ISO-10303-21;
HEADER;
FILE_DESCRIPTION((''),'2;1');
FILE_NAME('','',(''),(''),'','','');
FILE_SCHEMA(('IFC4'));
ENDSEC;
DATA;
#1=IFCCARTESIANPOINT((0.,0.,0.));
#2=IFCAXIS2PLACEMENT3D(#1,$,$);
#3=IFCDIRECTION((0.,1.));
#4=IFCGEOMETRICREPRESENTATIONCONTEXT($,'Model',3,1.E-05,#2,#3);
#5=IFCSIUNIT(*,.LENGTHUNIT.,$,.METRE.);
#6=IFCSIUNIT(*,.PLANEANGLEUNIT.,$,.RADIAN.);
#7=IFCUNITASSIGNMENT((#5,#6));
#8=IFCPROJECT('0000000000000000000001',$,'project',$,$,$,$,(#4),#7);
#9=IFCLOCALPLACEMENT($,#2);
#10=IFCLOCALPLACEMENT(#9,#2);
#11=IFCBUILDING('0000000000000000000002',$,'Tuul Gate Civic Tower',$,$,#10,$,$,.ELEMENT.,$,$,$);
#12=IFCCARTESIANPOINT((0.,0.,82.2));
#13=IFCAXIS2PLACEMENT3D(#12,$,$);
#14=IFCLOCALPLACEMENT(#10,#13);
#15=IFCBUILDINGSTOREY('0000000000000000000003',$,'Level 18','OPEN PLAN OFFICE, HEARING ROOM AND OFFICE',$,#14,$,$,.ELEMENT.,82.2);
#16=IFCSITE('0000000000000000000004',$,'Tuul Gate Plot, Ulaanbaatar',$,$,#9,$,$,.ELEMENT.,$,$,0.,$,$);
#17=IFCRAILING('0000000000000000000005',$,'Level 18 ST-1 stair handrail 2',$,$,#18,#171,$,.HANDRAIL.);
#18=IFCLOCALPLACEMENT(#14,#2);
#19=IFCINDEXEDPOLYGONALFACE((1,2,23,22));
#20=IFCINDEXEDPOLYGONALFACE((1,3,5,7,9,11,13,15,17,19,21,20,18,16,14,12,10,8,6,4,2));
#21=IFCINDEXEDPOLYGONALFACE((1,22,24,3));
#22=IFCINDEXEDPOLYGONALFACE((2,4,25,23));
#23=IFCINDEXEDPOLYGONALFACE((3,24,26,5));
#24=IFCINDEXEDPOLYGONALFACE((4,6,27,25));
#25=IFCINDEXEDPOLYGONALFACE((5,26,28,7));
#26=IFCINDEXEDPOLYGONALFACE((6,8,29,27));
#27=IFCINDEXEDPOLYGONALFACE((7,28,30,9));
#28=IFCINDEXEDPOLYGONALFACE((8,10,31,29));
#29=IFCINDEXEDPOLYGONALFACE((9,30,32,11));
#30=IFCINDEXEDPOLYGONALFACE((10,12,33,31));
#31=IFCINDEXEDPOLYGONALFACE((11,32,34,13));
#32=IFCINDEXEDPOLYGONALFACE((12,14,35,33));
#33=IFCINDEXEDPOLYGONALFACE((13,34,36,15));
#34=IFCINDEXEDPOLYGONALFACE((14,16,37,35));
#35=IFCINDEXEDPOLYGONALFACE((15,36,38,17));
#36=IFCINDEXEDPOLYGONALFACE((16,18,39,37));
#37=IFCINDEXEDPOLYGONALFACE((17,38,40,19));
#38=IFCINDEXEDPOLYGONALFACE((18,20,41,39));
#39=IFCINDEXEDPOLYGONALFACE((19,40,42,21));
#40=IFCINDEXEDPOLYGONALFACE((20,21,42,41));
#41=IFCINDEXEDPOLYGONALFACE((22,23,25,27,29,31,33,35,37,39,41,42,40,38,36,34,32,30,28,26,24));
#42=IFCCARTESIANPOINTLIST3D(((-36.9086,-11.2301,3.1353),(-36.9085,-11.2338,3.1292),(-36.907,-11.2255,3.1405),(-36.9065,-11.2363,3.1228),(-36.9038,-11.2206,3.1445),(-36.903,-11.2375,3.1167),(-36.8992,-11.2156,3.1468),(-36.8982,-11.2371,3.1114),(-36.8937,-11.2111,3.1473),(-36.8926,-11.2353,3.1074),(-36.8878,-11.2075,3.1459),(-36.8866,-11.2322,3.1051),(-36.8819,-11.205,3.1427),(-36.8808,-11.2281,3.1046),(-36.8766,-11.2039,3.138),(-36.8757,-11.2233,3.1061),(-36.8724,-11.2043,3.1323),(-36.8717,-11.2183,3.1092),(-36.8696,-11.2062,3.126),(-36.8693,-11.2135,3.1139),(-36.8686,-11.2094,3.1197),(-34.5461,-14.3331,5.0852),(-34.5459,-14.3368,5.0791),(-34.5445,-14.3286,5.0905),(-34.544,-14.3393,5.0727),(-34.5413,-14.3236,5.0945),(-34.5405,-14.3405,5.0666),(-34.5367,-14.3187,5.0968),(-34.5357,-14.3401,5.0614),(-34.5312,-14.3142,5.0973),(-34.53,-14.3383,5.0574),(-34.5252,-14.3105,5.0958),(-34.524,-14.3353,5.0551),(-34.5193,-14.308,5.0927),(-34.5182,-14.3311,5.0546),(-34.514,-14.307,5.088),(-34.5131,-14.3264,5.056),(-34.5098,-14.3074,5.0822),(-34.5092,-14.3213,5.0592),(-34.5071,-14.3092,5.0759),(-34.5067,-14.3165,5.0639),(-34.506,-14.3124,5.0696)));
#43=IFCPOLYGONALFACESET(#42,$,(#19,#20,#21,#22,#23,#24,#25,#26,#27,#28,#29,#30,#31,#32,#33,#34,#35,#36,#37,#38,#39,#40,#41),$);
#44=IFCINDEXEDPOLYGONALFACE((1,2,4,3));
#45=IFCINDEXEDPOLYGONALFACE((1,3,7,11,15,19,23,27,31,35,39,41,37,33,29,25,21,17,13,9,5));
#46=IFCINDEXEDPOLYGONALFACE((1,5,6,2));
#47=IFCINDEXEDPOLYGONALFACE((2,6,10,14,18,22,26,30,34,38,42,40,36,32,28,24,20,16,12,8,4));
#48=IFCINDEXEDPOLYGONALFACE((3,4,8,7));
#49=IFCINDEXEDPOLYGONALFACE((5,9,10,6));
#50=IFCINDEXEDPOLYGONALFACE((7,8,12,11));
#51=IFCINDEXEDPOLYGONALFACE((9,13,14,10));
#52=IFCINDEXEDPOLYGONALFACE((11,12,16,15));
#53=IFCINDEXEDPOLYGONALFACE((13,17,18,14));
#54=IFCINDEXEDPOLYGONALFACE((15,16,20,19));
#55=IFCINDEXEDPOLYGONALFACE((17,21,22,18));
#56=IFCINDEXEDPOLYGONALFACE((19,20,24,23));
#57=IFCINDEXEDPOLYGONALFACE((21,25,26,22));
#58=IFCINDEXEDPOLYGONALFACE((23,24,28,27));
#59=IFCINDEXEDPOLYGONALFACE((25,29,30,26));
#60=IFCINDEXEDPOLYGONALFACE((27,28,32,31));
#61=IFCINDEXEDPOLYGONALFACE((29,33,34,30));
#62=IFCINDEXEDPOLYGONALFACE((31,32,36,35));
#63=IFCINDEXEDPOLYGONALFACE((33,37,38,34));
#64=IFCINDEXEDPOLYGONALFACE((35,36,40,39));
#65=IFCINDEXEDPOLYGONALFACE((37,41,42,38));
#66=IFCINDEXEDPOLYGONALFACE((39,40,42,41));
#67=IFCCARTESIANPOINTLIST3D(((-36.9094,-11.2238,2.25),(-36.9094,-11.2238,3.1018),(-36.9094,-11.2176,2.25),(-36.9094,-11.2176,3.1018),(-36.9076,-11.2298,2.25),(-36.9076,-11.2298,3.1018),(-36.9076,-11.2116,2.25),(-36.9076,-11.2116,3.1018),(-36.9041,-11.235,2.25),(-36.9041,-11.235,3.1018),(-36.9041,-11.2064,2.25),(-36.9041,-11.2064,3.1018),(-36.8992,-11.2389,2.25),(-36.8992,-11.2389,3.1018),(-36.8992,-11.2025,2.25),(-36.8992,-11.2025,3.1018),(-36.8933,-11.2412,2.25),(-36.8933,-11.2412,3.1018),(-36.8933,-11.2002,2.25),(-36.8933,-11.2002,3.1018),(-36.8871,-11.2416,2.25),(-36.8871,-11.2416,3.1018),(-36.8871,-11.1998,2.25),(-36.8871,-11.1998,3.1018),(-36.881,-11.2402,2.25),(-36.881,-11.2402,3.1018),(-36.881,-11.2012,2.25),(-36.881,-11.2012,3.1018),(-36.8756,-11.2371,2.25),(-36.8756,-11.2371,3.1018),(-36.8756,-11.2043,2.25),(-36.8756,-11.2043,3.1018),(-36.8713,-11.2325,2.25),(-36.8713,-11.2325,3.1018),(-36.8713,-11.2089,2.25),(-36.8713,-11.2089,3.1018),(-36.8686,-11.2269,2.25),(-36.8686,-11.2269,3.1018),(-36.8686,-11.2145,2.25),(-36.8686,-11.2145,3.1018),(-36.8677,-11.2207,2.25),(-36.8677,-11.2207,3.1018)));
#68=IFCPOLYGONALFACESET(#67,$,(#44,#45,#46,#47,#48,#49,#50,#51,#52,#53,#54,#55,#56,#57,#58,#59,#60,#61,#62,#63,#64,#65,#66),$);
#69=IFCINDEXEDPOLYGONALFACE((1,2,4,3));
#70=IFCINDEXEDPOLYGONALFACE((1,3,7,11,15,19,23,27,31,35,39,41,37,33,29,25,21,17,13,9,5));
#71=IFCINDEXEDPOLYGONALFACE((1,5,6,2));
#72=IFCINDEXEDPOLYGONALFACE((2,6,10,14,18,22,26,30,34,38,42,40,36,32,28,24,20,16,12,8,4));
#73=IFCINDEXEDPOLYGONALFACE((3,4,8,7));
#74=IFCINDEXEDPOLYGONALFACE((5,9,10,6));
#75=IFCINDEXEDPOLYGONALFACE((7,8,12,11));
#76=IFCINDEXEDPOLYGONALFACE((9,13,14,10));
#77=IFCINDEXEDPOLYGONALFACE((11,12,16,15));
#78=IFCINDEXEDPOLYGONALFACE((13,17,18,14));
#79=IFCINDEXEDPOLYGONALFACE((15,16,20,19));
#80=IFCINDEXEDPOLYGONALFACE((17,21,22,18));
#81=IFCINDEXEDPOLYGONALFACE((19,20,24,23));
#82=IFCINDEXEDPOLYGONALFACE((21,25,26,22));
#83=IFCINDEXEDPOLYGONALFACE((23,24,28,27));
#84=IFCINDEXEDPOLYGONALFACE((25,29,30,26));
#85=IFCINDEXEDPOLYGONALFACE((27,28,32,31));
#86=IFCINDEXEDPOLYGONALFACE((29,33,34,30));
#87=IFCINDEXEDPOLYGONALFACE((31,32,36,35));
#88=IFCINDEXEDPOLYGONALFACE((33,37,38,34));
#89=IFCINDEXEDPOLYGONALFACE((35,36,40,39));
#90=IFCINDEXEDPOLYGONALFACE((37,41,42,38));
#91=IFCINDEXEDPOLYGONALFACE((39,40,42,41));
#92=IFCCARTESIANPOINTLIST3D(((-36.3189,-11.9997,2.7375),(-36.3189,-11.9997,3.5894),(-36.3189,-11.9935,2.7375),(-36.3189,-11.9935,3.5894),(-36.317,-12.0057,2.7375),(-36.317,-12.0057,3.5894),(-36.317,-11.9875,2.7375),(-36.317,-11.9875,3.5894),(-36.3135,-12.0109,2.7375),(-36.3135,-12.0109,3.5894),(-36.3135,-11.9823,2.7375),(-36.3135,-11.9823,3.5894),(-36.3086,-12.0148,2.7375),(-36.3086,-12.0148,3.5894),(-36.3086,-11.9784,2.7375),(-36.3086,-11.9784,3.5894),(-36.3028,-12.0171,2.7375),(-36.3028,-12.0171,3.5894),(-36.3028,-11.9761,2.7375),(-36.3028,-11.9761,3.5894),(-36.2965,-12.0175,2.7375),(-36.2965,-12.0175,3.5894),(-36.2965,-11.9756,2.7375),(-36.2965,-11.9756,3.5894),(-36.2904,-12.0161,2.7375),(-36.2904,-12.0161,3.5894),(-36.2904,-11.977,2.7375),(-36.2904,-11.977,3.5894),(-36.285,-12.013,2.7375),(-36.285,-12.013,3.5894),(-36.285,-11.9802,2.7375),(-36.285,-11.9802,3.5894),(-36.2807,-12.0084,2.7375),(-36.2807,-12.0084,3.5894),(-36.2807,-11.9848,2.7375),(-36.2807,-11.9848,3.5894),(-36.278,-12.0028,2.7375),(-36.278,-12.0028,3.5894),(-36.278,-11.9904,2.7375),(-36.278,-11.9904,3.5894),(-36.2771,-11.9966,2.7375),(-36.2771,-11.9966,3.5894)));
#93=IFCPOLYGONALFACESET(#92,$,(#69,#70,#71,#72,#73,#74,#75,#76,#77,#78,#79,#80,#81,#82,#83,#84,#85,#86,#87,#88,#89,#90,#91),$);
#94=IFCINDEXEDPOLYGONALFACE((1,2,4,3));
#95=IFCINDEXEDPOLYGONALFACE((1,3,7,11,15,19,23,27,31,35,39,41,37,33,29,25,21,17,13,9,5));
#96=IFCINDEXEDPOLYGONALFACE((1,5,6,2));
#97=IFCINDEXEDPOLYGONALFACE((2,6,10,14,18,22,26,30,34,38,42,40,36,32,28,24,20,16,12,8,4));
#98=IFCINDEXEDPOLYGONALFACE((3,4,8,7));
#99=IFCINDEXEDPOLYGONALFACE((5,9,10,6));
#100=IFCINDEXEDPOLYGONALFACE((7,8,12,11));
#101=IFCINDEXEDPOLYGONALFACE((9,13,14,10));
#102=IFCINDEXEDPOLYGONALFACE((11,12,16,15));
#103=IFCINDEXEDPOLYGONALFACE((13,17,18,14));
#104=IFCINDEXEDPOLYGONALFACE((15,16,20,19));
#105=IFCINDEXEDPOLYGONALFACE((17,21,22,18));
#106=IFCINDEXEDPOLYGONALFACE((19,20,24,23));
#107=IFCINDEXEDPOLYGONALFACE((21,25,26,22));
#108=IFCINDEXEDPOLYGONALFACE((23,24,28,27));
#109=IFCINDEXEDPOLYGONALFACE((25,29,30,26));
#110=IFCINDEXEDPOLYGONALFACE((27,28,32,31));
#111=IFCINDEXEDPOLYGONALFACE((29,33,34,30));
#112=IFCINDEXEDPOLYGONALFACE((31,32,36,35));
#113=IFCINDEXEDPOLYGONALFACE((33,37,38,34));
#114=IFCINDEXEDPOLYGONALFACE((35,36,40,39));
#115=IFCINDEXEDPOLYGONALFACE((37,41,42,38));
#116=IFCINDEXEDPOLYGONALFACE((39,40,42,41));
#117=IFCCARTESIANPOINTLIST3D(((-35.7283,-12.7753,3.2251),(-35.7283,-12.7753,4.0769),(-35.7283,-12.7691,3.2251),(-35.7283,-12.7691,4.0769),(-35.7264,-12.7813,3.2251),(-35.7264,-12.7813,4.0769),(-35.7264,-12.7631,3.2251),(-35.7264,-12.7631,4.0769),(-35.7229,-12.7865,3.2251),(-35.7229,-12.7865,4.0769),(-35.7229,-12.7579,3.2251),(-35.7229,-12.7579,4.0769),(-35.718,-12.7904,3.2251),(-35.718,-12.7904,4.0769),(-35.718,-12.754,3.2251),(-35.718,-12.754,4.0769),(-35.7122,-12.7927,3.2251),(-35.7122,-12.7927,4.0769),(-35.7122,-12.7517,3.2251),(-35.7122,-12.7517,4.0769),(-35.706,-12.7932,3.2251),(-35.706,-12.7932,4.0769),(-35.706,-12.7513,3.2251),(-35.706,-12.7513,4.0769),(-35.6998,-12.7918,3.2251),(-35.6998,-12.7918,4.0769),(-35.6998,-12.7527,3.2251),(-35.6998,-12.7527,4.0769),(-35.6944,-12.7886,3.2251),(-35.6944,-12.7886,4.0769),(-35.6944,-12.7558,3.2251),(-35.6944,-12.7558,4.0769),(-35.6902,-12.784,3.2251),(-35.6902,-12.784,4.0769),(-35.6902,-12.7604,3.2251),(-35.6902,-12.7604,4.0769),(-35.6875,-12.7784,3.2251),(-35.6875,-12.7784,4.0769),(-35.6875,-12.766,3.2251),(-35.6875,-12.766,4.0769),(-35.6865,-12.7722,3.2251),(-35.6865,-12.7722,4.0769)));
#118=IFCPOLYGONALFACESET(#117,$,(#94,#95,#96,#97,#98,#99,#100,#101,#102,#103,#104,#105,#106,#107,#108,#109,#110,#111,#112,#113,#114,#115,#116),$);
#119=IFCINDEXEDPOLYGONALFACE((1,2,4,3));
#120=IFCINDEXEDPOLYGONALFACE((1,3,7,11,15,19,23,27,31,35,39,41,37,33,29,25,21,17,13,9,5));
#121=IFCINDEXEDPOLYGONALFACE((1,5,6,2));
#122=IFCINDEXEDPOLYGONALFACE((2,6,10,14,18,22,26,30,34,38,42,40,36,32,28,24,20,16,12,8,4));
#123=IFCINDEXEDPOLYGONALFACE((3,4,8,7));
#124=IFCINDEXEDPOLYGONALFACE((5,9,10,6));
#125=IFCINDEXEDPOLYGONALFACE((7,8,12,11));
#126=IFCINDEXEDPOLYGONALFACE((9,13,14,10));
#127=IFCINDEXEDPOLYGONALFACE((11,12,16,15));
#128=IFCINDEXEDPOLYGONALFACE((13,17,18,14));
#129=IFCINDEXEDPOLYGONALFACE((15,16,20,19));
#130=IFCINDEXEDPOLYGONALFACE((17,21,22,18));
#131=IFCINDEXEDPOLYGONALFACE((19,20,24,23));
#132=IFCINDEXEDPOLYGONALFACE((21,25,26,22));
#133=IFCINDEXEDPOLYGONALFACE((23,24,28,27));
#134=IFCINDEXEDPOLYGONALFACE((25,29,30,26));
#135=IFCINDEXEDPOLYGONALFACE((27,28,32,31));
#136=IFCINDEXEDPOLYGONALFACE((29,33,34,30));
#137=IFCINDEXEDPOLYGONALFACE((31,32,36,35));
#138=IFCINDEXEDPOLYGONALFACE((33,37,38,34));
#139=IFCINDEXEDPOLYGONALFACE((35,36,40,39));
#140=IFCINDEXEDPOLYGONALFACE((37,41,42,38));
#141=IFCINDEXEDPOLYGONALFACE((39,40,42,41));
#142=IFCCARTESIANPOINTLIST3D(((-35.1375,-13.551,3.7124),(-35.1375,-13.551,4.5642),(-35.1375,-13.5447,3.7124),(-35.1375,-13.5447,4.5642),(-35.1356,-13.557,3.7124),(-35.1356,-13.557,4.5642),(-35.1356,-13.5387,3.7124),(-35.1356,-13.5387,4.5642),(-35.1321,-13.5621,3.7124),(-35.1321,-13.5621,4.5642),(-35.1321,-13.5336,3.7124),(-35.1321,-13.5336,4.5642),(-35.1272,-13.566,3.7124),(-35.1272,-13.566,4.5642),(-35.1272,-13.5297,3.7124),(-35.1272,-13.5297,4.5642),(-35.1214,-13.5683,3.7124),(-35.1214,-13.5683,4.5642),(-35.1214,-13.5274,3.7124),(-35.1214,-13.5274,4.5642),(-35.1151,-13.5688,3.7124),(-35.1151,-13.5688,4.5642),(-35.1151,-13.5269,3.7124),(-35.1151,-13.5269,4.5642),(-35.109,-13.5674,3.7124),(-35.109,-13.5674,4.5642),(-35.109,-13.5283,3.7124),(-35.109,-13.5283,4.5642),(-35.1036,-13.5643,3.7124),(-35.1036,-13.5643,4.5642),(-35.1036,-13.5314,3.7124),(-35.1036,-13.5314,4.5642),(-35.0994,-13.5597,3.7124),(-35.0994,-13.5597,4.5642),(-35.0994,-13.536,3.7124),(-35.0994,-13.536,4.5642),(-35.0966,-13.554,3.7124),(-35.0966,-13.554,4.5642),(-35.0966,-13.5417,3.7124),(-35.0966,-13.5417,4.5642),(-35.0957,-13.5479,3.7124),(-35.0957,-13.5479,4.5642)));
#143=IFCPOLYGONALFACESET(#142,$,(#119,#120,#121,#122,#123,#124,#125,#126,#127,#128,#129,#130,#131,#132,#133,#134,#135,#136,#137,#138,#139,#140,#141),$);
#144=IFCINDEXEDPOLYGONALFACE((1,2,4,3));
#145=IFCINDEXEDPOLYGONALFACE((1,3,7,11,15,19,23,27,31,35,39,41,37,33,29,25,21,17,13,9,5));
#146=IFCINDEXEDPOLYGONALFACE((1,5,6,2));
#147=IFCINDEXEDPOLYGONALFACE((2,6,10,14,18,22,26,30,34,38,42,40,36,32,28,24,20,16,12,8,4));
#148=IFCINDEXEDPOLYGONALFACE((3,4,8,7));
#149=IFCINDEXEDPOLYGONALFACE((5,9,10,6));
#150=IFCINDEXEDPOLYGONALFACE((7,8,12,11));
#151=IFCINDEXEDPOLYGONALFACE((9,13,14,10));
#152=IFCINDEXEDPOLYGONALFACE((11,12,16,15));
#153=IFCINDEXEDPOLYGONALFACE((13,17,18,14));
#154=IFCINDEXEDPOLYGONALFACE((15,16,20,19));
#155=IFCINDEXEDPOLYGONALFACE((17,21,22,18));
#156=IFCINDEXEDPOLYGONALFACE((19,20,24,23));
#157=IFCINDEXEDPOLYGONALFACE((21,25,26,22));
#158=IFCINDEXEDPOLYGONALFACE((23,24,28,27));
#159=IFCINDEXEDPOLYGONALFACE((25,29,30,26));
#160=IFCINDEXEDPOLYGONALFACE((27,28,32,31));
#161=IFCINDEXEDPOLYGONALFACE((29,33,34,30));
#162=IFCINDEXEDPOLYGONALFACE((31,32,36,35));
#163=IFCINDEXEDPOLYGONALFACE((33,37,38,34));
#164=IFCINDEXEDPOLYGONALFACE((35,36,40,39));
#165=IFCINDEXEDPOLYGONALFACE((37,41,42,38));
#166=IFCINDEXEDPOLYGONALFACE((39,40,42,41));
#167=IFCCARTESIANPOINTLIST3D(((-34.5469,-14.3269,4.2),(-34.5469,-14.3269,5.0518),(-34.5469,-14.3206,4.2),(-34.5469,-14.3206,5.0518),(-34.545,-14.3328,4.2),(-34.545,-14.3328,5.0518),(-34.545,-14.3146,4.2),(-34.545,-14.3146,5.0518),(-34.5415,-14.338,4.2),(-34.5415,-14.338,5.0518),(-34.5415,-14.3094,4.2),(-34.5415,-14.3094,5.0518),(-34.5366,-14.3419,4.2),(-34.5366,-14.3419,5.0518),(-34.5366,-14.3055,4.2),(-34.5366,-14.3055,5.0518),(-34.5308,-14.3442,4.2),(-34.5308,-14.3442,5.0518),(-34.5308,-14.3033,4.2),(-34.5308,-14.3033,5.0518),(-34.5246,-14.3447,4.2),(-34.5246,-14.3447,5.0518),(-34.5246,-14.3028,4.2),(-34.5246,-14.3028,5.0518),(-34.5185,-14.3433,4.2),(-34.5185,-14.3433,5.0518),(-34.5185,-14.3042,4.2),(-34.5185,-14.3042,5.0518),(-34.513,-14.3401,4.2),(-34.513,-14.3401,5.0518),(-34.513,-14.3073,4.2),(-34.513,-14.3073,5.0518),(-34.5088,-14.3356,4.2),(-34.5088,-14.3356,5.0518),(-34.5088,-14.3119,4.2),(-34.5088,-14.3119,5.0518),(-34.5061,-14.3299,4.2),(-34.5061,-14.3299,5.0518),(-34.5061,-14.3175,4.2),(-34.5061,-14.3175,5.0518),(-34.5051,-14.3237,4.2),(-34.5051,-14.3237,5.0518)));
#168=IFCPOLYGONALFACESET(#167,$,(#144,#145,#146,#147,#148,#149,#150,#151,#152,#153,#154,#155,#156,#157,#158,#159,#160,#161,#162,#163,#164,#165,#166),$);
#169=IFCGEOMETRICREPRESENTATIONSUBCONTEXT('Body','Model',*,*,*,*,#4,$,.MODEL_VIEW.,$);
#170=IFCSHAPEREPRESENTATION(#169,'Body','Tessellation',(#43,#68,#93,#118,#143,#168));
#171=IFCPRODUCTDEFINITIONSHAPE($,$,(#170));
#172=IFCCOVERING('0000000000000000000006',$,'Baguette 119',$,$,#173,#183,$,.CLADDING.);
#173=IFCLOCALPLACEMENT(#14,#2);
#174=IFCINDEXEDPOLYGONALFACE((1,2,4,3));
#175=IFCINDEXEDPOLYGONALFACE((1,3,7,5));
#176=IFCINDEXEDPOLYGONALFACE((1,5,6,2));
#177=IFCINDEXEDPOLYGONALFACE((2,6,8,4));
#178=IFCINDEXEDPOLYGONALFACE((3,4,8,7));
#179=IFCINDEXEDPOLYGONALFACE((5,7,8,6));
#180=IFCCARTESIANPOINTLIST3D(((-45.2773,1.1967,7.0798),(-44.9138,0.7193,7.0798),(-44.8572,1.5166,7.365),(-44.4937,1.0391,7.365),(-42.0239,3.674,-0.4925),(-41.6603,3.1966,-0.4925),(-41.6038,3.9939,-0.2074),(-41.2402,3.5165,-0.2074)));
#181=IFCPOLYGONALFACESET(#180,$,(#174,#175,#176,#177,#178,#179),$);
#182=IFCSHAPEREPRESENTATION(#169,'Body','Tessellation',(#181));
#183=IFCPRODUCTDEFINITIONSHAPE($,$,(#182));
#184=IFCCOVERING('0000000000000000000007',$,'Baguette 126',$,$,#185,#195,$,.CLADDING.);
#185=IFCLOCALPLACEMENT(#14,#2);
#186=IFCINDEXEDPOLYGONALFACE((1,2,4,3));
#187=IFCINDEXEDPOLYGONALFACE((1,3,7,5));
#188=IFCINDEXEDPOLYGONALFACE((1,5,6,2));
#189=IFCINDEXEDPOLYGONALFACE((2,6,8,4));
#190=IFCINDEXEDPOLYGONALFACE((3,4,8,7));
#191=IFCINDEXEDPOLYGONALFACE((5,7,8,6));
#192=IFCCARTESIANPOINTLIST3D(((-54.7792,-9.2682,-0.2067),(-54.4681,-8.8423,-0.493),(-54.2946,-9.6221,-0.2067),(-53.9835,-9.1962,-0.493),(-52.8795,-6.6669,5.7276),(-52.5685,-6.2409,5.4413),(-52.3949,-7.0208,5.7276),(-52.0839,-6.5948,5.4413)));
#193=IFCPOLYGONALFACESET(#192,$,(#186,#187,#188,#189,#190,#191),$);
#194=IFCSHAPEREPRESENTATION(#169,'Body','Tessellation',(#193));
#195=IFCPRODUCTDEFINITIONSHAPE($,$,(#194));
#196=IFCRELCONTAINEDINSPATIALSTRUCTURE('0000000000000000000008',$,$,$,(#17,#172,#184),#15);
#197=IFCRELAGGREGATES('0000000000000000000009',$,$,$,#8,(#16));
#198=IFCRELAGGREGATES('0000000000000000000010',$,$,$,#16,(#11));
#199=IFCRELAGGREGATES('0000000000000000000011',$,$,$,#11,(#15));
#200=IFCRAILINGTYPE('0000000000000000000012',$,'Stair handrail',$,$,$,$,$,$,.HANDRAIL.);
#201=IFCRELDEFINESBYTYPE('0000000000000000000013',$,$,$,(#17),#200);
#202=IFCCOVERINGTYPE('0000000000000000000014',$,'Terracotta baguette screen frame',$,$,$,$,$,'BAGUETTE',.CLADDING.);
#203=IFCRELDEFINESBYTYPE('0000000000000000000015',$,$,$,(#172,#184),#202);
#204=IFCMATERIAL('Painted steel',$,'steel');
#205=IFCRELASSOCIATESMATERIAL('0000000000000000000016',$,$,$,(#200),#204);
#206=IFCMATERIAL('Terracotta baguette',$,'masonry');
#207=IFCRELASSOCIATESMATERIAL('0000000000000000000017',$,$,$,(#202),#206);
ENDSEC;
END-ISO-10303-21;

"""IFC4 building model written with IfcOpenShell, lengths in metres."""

from ifc_helpers import new_model, si_unit, direction, frame, origin, origin_2d, place, context, subcontext, project, spatial, rectangle, circle, extrude, material, material_profile, profile_set, type_object, element, save


model = new_model("IFC4")

# Units and contexts
model_context = context("Model", 3, precision=1e-05, world=origin(), true_north=direction((0.0, 1.0)))
body_context = subcontext(model_context, "Body", "Model", "MODEL_VIEW")
ifc_project = project(units=[si_unit("LENGTHUNIT", "METRE"), si_unit("PLANEANGLEUNIT", "RADIAN")], contexts=[model_context])

# Site, building, storey
site_placement = place(None, origin())
site = spatial("IfcSite", under=ifc_project, at=site_placement, Name="Tuul Gate Plot, Ulaanbaatar", CompositionType="ELEMENT", RefElevation=0.0)
building_placement = place(site_placement, origin())
building = spatial("IfcBuilding", under=site, at=building_placement, Name="Tuul Gate Civic Tower", CompositionType="ELEMENT")
storey_placement = place(building_placement, frame((0.0, 0.0, 82.2)))
storey = spatial("IfcBuildingStorey", under=building, at=storey_placement, Name="Level 18", Description="OPEN PLAN OFFICE, HEARING ROOM AND OFFICE", CompositionType="ELEMENT", Elevation=82.2)

# Railing
ifc_material_1 = material(Name="Painted steel", Category="steel")
railing_type = type_object("IfcRailingType", Name="Stair handrail", PredefinedType="HANDRAIL", material=ifc_material_1)
railing_placement = place(storey_placement, frame((-36.8887, -11.2207, 2.25)))
element("IfcRailing", 1, at=railing_placement, inside=storey, type_object=railing_type, Name="Level 18 ST-1 stair handrail 2", PredefinedType="HANDRAIL", context=body_context, shape_type="SweptSolid", body=[
    extrude(circle(Radius=0.0239, at=origin_2d()), frame((0.0, 0.0, 0.876), z_axis=(0.541824, -0.711645, 0.4472), x_axis=(0.795637, 0.605773, 0.0)), (0.0, 0.0, 1.0), 4.3604),
    extrude(circle(Radius=0.021, at=origin_2d()), origin(), (0.0, 0.0, 1.0), 0.8518),
    extrude(circle(Radius=0.021, at=origin_2d()), frame((0.5906, -0.7759, 0.4875)), (0.0, 0.0, 1.0), 0.8518),
    extrude(circle(Radius=0.021, at=origin_2d()), frame((1.1812, -1.5515, 0.9751)), (0.0, 0.0, 1.0), 0.8518),
    extrude(circle(Radius=0.021, at=origin_2d()), frame((1.772, -2.3271, 1.4624)), (0.0, 0.0, 1.0), 0.8518),
    extrude(circle(Radius=0.021, at=origin_2d()), frame((2.3625, -3.103, 1.95)), (0.0, 0.0, 1.0), 0.8518),
])

# Coverings
ifc_material_2 = material(Name="Terracotta baguette", Category="masonry")
ifc_material_profile_1 = material_profile(ifc_material_2, rectangle(XDim=0.6001, YDim=0.6001, at=origin_2d()), Name="Terracotta baguette screen frame")
ifc_profile_set_1 = profile_set([ifc_material_profile_1], Name="Terracotta baguette")
covering_type = type_object("IfcCoveringType", Name="Terracotta baguette screen frame", ElementType="BAGUETTE", PredefinedType="CLADDING", material=ifc_profile_set_1)
covering_1_placement = place(storey_placement, frame((-44.8855, 1.1179, 7.2224), z_axis=(0.378047, 0.287861, -0.879896), x_axis=(-0.605811, 0.795608, 0.0)))
element("IfcCovering", 2, at=covering_1_placement, inside=storey, type_object=covering_type, Name="Baguette 119", PredefinedType="CLADDING", context=body_context, shape_type="SweptSolid", body=[
    extrude(rectangle(XDim=0.6001, YDim=0.6001, at=origin_2d()), origin(), (0.0, 0.0, 1.0), 8.606),
])
covering_2_placement = place(storey_placement, frame((-52.4817, -6.6309, 5.5845), z_axis=(-0.28134, -0.385257, -0.878877), x_axis=(0.807584, -0.589752, 0.0)))
element("IfcCovering", 3, at=covering_2_placement, inside=storey, type_object=covering_type, Name="Baguette 126", PredefinedType="CLADDING", context=body_context, shape_type="SweptSolid", body=[
    extrude(rectangle(XDim=0.6001, YDim=0.6001, at=origin_2d()), origin(), (0.0, 0.0, 1.0), 6.7522),
])

save(model, "model.ifc")
